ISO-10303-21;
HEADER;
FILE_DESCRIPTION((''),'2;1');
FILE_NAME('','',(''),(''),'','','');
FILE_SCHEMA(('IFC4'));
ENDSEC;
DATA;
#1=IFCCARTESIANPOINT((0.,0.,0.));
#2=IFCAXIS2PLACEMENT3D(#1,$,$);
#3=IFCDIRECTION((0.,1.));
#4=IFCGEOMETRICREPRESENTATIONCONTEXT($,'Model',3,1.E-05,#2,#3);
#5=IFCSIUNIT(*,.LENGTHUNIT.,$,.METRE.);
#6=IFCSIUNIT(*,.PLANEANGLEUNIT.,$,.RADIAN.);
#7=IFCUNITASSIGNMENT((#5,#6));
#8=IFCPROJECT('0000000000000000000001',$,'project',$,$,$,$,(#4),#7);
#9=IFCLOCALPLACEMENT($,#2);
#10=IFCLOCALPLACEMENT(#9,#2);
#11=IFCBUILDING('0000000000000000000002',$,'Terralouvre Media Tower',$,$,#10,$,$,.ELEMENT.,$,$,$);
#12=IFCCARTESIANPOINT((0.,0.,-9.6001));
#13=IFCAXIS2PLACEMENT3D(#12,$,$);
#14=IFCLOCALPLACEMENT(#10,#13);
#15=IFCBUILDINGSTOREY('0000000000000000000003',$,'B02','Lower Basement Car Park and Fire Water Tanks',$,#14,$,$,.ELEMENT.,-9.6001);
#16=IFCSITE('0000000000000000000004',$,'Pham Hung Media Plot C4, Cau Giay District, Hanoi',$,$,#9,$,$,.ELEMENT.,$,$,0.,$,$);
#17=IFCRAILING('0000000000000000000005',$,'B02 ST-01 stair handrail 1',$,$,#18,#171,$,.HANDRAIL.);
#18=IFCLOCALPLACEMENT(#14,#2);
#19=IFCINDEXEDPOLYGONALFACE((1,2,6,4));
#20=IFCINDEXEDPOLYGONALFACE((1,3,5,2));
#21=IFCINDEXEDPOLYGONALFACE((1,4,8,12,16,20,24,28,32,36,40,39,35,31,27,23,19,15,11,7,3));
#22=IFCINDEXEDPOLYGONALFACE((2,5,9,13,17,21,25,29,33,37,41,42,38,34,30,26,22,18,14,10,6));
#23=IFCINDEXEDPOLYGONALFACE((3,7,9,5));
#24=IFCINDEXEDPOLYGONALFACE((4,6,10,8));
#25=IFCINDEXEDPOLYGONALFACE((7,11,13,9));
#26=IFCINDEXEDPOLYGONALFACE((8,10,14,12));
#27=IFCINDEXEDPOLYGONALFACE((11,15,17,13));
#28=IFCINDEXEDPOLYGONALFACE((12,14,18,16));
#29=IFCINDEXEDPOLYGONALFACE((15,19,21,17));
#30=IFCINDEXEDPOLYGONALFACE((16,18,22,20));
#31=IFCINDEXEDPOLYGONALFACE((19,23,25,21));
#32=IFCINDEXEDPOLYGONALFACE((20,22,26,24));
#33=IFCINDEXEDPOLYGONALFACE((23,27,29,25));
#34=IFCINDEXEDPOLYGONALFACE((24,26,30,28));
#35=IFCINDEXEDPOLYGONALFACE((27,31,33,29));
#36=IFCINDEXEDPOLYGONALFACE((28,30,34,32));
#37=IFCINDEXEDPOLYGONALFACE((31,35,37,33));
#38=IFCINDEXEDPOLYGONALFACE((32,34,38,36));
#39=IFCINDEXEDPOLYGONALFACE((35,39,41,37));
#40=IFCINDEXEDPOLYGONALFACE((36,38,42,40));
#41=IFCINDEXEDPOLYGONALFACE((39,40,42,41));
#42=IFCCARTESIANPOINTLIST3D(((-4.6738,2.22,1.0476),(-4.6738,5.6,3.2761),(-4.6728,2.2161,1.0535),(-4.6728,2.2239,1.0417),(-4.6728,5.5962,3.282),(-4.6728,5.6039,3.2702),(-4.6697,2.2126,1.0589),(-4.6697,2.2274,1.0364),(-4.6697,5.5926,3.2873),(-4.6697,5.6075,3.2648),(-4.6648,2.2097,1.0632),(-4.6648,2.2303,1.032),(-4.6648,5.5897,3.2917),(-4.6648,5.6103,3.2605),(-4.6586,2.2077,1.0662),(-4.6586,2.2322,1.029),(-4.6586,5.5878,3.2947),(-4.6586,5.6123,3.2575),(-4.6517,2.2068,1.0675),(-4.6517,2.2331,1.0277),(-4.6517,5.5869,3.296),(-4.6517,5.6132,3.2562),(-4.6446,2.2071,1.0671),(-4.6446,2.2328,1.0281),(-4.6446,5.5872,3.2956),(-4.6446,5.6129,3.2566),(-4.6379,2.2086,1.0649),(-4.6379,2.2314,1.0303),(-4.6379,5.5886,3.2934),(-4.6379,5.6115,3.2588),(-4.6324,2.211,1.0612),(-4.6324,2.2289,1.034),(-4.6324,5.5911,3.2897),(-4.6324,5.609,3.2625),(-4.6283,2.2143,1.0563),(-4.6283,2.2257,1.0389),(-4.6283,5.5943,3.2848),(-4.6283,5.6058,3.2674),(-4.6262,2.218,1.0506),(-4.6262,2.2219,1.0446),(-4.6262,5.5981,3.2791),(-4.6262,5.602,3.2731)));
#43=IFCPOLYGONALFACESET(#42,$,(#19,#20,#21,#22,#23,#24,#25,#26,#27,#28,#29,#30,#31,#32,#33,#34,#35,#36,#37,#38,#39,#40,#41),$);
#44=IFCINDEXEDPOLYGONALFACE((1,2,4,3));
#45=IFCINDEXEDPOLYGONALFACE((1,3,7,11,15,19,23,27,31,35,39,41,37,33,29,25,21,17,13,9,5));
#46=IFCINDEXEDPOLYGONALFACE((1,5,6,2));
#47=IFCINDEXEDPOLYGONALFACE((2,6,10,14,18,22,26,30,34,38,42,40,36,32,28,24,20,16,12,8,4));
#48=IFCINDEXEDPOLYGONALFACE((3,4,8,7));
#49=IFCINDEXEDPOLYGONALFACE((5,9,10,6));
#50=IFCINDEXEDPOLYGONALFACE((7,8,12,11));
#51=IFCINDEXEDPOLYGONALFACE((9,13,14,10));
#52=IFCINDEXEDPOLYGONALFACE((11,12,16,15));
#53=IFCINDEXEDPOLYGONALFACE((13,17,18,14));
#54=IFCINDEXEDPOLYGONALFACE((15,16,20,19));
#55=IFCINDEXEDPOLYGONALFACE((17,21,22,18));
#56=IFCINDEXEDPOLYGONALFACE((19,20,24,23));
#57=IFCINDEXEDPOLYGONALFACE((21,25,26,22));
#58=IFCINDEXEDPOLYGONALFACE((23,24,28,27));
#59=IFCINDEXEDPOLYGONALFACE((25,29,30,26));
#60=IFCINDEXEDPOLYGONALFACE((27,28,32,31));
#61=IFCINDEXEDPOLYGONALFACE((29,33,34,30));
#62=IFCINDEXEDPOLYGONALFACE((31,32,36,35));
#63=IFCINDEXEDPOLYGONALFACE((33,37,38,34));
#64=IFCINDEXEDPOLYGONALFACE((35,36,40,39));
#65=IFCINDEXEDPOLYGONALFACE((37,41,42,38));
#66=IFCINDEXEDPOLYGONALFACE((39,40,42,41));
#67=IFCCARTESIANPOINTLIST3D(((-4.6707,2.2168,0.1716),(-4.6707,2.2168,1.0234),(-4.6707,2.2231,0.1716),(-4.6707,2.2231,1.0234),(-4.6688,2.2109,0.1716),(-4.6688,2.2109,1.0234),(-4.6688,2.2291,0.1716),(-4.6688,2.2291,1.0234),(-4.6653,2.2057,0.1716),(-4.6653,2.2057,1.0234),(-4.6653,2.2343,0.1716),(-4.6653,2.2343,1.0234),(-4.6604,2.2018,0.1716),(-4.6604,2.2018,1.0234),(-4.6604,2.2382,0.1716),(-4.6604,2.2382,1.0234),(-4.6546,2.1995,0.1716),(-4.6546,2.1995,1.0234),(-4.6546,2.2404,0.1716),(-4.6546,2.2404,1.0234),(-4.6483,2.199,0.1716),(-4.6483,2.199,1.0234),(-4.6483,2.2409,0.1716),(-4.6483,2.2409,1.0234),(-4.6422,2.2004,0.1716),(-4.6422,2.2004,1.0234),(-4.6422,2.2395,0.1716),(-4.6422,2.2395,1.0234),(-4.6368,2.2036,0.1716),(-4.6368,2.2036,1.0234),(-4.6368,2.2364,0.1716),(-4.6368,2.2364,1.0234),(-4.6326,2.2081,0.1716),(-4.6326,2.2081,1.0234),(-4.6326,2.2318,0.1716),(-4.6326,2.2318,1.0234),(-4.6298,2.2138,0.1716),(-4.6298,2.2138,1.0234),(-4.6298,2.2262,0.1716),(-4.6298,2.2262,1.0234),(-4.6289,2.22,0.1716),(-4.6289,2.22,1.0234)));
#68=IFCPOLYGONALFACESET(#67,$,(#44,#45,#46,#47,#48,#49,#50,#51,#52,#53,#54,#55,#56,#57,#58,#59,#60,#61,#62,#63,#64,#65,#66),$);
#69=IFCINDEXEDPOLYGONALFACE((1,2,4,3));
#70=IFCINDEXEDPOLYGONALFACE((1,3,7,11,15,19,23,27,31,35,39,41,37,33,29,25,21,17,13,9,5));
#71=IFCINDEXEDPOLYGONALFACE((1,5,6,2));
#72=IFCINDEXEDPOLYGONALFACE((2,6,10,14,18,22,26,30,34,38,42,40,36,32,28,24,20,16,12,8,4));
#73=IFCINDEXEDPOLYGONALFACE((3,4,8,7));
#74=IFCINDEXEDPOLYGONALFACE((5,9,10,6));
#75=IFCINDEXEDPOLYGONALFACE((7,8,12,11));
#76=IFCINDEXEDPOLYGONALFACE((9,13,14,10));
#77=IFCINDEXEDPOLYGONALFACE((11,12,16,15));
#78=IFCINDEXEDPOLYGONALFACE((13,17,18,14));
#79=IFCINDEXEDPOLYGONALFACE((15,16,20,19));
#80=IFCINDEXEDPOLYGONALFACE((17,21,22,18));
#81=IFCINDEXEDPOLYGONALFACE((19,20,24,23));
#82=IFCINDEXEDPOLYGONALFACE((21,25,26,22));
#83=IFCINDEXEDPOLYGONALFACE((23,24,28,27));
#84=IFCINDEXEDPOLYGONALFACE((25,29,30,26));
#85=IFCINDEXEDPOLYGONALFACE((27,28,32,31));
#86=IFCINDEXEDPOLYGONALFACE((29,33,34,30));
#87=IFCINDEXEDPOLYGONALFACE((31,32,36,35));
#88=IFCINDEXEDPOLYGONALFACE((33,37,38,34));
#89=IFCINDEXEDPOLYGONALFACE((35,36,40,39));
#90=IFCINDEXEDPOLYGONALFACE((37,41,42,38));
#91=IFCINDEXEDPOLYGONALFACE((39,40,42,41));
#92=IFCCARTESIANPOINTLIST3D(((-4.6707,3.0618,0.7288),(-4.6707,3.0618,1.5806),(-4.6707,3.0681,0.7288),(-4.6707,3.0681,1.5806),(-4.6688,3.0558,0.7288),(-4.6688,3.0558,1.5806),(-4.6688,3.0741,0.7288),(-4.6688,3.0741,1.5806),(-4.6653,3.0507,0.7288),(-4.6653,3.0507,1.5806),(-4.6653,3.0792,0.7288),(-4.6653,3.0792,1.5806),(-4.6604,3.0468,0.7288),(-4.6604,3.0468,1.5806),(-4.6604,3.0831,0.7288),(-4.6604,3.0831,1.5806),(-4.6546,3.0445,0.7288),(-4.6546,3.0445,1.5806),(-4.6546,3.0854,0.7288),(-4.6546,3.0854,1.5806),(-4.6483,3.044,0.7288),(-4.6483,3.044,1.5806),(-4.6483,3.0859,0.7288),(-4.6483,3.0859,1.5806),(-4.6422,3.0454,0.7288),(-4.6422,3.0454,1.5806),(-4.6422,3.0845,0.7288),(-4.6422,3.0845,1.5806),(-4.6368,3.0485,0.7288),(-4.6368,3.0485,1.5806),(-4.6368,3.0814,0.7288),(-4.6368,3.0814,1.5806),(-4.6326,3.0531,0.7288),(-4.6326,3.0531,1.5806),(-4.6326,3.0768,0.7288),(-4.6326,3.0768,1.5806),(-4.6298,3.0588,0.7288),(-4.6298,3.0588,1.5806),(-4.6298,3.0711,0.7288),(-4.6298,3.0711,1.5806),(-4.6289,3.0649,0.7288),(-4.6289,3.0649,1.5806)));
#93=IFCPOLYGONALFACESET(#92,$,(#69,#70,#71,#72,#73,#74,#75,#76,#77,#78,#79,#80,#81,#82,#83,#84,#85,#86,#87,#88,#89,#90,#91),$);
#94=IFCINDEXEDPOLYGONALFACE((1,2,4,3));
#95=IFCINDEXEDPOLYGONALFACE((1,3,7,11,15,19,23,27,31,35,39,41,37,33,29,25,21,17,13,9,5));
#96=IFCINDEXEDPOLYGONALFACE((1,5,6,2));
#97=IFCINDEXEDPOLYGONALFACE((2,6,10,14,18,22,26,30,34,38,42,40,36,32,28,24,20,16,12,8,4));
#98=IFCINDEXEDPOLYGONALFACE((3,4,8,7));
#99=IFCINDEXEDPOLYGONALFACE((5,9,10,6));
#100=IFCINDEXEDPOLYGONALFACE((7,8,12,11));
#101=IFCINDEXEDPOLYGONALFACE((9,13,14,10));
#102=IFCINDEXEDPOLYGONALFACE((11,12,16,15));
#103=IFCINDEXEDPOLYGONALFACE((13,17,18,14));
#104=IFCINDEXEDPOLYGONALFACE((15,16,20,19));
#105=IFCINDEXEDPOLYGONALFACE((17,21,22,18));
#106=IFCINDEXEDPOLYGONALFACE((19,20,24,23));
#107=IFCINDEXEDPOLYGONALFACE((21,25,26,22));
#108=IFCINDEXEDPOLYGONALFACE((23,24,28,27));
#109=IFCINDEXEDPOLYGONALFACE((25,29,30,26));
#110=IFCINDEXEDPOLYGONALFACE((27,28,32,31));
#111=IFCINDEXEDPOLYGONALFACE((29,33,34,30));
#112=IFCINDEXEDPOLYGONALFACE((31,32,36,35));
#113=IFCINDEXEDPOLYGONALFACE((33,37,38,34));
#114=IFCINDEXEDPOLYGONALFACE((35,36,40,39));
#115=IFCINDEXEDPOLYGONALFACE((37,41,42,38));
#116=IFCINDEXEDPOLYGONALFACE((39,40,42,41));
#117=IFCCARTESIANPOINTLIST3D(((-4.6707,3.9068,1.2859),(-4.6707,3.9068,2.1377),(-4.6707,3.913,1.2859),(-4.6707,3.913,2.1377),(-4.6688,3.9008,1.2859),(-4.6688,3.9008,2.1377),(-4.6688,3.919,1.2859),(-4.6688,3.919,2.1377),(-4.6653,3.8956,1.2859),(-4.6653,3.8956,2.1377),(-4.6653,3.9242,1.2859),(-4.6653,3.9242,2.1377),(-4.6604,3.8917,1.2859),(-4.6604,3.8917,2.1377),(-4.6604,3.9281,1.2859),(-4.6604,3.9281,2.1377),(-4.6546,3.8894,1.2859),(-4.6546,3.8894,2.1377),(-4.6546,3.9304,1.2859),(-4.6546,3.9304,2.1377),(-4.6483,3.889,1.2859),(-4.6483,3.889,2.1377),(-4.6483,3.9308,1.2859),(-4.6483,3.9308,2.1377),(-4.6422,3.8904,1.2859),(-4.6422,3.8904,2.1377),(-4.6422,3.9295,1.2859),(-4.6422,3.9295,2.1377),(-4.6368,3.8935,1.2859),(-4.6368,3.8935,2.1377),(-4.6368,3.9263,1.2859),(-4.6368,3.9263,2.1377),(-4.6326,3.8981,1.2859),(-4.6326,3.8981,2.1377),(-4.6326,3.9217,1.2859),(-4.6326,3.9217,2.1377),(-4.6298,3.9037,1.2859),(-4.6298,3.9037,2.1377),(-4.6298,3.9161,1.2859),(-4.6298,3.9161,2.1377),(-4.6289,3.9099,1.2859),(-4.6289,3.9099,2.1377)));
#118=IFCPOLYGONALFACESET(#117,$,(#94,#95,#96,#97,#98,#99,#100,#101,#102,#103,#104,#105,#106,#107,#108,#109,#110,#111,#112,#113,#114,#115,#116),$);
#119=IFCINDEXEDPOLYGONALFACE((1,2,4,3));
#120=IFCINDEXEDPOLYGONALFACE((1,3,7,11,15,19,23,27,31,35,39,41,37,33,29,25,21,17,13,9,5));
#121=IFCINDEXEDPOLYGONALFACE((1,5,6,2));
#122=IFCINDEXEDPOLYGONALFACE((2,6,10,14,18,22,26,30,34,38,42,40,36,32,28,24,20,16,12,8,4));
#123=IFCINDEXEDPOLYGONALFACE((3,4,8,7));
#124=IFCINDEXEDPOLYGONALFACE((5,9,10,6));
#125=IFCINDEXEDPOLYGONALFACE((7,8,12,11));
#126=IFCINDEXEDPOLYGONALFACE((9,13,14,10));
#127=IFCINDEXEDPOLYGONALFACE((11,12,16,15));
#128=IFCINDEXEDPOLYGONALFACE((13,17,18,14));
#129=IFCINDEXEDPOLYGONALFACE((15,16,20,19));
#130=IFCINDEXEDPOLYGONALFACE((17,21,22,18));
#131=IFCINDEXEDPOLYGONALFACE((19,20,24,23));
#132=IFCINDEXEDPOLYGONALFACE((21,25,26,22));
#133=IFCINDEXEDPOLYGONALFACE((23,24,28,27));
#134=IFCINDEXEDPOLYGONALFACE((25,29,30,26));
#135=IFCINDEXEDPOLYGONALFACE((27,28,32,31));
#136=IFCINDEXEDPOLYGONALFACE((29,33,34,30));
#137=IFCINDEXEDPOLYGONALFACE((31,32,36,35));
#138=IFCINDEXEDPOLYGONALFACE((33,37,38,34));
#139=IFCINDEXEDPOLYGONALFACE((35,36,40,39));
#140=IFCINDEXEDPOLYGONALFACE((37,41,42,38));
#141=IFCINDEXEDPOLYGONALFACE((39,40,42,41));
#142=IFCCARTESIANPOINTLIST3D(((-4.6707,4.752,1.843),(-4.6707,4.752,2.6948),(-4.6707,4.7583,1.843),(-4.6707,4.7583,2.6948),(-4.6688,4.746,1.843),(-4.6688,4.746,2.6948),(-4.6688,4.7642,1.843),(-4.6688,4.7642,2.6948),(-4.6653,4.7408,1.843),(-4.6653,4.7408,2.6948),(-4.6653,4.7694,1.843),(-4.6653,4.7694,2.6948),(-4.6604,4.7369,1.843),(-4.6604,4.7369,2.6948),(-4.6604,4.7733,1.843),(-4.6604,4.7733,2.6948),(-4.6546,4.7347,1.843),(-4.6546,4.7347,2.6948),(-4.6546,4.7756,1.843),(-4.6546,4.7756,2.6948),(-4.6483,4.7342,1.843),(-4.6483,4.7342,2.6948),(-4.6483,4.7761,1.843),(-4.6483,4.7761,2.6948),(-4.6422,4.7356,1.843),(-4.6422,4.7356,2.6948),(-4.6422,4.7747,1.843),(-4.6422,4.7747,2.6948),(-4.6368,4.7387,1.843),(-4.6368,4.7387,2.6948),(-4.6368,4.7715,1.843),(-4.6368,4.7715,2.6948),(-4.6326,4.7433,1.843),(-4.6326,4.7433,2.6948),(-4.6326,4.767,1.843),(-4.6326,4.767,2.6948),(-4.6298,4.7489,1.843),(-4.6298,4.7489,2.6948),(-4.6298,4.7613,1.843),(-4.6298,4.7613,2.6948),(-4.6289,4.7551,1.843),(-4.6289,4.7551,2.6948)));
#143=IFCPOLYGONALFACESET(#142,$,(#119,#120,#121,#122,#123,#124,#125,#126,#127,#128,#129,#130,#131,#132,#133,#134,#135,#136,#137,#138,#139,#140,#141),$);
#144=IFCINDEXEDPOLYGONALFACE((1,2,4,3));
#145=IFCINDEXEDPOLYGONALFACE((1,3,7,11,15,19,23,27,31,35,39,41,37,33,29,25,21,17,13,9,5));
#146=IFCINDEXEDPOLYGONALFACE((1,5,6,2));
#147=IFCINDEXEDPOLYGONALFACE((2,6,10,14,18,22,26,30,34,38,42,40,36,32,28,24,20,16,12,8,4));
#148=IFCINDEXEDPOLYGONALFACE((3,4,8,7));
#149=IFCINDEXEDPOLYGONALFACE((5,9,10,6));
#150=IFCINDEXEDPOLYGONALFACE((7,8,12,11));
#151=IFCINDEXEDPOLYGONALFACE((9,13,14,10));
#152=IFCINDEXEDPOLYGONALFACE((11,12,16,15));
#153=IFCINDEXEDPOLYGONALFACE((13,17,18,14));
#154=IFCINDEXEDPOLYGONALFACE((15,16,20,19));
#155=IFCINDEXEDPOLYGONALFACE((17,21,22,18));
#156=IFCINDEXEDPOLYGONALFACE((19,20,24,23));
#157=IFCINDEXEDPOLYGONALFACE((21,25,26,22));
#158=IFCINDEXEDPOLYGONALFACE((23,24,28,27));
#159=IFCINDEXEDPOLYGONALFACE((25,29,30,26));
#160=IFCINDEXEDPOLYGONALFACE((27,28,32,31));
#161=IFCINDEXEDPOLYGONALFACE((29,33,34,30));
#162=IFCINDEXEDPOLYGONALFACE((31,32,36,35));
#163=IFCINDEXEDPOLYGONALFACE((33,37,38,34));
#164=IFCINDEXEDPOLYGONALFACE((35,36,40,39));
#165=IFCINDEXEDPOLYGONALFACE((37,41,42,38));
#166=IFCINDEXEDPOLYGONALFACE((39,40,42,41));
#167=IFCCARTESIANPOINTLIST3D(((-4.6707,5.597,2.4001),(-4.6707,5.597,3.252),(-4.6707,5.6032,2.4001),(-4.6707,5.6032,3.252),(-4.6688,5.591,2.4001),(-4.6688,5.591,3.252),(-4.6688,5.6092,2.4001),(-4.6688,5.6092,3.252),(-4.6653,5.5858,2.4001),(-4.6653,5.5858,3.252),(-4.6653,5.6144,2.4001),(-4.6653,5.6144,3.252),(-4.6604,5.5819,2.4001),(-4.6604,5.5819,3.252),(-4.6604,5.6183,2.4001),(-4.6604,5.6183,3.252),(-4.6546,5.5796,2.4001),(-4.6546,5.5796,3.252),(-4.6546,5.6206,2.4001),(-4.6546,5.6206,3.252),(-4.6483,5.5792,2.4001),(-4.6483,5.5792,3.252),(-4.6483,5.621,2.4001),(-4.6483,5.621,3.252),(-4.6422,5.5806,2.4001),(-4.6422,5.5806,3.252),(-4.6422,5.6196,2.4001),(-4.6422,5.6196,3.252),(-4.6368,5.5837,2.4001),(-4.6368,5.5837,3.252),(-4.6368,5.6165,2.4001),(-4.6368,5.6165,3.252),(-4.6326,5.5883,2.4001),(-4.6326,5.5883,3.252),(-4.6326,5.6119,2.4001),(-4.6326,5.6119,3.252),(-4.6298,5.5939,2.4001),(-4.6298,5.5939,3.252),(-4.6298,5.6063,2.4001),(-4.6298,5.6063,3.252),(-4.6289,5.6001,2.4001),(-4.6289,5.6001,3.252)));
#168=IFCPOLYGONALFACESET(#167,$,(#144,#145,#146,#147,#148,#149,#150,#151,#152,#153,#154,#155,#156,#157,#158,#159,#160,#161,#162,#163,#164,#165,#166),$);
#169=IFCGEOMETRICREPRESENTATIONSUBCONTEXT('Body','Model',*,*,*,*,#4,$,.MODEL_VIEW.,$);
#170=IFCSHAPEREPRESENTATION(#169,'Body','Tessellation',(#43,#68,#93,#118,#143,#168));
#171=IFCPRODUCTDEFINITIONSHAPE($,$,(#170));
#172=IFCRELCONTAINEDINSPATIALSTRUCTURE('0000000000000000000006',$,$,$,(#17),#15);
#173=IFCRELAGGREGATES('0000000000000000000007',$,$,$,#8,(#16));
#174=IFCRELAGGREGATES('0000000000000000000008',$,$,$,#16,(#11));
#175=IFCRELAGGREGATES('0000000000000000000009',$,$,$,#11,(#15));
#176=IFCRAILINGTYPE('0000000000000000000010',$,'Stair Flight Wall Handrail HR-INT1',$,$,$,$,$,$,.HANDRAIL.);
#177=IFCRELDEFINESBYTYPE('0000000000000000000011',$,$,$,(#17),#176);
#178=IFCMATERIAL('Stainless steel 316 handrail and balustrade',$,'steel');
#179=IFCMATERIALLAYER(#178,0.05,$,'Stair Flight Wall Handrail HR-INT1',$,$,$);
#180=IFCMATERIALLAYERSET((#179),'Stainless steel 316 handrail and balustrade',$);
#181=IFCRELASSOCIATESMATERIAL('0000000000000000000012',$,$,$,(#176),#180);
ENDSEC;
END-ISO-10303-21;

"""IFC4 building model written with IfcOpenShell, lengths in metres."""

from ifc_helpers import new_model, si_unit, direction, frame, origin, origin_2d, place, context, subcontext, project, spatial, circle, extrude, material, layer, layer_set, type_object, element, save


model = new_model("IFC4")

# Units and contexts
model_context = context("Model", 3, precision=1e-05, world=origin(), true_north=direction((0.0, 1.0)))
body_context = subcontext(model_context, "Body", "Model", "MODEL_VIEW")
ifc_project = project(units=[si_unit("LENGTHUNIT", "METRE"), si_unit("PLANEANGLEUNIT", "RADIAN")], contexts=[model_context])

# Site, building, storey
site_placement = place(None, origin())
site = spatial("IfcSite", under=ifc_project, at=site_placement, Name="Pham Hung Media Plot C4, Cau Giay District, Hanoi", CompositionType="ELEMENT", RefElevation=0.0)
building_placement = place(site_placement, origin())
building = spatial("IfcBuilding", under=site, at=building_placement, Name="Terralouvre Media Tower", CompositionType="ELEMENT")
storey_placement = place(building_placement, frame((0.0, 0.0, -9.6001)))
storey = spatial("IfcBuildingStorey", under=building, at=storey_placement, Name="B02", Description="Lower Basement Car Park and Fire Water Tanks", CompositionType="ELEMENT", Elevation=-9.6001)

# Railing
ifc_material_1 = material(Name="Stainless steel 316 handrail and balustrade", Category="steel")
ifc_layer_1 = layer(ifc_material_1, 0.05, Name="Stair Flight Wall Handrail HR-INT1")
ifc_layer_set_1 = layer_set([ifc_layer_1], Name="Stainless steel 316 handrail and balustrade")
railing_type_1 = type_object("IfcRailingType", Name="Stair Flight Wall Handrail HR-INT1", PredefinedType="HANDRAIL", material=ifc_layer_set_1)
railing_1_placement = place(storey_placement, frame((-4.6499, 2.22, 0.1716)))
element("IfcRailing", 1, at=railing_1_placement, inside=storey, type_object=railing_type_1, Name="B02 ST-01 stair handrail 1", PredefinedType="HANDRAIL", context=body_context, shape_type="SweptSolid", body=[
    extrude(circle(Radius=0.0239, at=origin_2d()), frame((0.0, 0.0, 0.876), z_axis=(0.0, 0.834878, 0.550435), x_axis=(-1.0, 0.0, 0.0)), (0.0, 0.0, 1.0), 4.0486),
    extrude(circle(Radius=0.021, at=origin_2d()), origin(), (0.0, 0.0, 1.0), 0.8518),
    extrude(circle(Radius=0.021, at=origin_2d()), frame((0.0, 0.845, 0.5571)), (0.0, 0.0, 1.0), 0.8518),
    extrude(circle(Radius=0.021, at=origin_2d()), frame((0.0, 1.6899, 1.1143)), (0.0, 0.0, 1.0), 0.8518),
    extrude(circle(Radius=0.021, at=origin_2d()), frame((0.0, 2.5352, 1.6714)), (0.0, 0.0, 1.0), 0.8518),
    extrude(circle(Radius=0.021, at=origin_2d()), frame((0.0, 3.3801, 2.2285)), (0.0, 0.0, 1.0), 0.8518),
])

save(model, "model.ifc")
